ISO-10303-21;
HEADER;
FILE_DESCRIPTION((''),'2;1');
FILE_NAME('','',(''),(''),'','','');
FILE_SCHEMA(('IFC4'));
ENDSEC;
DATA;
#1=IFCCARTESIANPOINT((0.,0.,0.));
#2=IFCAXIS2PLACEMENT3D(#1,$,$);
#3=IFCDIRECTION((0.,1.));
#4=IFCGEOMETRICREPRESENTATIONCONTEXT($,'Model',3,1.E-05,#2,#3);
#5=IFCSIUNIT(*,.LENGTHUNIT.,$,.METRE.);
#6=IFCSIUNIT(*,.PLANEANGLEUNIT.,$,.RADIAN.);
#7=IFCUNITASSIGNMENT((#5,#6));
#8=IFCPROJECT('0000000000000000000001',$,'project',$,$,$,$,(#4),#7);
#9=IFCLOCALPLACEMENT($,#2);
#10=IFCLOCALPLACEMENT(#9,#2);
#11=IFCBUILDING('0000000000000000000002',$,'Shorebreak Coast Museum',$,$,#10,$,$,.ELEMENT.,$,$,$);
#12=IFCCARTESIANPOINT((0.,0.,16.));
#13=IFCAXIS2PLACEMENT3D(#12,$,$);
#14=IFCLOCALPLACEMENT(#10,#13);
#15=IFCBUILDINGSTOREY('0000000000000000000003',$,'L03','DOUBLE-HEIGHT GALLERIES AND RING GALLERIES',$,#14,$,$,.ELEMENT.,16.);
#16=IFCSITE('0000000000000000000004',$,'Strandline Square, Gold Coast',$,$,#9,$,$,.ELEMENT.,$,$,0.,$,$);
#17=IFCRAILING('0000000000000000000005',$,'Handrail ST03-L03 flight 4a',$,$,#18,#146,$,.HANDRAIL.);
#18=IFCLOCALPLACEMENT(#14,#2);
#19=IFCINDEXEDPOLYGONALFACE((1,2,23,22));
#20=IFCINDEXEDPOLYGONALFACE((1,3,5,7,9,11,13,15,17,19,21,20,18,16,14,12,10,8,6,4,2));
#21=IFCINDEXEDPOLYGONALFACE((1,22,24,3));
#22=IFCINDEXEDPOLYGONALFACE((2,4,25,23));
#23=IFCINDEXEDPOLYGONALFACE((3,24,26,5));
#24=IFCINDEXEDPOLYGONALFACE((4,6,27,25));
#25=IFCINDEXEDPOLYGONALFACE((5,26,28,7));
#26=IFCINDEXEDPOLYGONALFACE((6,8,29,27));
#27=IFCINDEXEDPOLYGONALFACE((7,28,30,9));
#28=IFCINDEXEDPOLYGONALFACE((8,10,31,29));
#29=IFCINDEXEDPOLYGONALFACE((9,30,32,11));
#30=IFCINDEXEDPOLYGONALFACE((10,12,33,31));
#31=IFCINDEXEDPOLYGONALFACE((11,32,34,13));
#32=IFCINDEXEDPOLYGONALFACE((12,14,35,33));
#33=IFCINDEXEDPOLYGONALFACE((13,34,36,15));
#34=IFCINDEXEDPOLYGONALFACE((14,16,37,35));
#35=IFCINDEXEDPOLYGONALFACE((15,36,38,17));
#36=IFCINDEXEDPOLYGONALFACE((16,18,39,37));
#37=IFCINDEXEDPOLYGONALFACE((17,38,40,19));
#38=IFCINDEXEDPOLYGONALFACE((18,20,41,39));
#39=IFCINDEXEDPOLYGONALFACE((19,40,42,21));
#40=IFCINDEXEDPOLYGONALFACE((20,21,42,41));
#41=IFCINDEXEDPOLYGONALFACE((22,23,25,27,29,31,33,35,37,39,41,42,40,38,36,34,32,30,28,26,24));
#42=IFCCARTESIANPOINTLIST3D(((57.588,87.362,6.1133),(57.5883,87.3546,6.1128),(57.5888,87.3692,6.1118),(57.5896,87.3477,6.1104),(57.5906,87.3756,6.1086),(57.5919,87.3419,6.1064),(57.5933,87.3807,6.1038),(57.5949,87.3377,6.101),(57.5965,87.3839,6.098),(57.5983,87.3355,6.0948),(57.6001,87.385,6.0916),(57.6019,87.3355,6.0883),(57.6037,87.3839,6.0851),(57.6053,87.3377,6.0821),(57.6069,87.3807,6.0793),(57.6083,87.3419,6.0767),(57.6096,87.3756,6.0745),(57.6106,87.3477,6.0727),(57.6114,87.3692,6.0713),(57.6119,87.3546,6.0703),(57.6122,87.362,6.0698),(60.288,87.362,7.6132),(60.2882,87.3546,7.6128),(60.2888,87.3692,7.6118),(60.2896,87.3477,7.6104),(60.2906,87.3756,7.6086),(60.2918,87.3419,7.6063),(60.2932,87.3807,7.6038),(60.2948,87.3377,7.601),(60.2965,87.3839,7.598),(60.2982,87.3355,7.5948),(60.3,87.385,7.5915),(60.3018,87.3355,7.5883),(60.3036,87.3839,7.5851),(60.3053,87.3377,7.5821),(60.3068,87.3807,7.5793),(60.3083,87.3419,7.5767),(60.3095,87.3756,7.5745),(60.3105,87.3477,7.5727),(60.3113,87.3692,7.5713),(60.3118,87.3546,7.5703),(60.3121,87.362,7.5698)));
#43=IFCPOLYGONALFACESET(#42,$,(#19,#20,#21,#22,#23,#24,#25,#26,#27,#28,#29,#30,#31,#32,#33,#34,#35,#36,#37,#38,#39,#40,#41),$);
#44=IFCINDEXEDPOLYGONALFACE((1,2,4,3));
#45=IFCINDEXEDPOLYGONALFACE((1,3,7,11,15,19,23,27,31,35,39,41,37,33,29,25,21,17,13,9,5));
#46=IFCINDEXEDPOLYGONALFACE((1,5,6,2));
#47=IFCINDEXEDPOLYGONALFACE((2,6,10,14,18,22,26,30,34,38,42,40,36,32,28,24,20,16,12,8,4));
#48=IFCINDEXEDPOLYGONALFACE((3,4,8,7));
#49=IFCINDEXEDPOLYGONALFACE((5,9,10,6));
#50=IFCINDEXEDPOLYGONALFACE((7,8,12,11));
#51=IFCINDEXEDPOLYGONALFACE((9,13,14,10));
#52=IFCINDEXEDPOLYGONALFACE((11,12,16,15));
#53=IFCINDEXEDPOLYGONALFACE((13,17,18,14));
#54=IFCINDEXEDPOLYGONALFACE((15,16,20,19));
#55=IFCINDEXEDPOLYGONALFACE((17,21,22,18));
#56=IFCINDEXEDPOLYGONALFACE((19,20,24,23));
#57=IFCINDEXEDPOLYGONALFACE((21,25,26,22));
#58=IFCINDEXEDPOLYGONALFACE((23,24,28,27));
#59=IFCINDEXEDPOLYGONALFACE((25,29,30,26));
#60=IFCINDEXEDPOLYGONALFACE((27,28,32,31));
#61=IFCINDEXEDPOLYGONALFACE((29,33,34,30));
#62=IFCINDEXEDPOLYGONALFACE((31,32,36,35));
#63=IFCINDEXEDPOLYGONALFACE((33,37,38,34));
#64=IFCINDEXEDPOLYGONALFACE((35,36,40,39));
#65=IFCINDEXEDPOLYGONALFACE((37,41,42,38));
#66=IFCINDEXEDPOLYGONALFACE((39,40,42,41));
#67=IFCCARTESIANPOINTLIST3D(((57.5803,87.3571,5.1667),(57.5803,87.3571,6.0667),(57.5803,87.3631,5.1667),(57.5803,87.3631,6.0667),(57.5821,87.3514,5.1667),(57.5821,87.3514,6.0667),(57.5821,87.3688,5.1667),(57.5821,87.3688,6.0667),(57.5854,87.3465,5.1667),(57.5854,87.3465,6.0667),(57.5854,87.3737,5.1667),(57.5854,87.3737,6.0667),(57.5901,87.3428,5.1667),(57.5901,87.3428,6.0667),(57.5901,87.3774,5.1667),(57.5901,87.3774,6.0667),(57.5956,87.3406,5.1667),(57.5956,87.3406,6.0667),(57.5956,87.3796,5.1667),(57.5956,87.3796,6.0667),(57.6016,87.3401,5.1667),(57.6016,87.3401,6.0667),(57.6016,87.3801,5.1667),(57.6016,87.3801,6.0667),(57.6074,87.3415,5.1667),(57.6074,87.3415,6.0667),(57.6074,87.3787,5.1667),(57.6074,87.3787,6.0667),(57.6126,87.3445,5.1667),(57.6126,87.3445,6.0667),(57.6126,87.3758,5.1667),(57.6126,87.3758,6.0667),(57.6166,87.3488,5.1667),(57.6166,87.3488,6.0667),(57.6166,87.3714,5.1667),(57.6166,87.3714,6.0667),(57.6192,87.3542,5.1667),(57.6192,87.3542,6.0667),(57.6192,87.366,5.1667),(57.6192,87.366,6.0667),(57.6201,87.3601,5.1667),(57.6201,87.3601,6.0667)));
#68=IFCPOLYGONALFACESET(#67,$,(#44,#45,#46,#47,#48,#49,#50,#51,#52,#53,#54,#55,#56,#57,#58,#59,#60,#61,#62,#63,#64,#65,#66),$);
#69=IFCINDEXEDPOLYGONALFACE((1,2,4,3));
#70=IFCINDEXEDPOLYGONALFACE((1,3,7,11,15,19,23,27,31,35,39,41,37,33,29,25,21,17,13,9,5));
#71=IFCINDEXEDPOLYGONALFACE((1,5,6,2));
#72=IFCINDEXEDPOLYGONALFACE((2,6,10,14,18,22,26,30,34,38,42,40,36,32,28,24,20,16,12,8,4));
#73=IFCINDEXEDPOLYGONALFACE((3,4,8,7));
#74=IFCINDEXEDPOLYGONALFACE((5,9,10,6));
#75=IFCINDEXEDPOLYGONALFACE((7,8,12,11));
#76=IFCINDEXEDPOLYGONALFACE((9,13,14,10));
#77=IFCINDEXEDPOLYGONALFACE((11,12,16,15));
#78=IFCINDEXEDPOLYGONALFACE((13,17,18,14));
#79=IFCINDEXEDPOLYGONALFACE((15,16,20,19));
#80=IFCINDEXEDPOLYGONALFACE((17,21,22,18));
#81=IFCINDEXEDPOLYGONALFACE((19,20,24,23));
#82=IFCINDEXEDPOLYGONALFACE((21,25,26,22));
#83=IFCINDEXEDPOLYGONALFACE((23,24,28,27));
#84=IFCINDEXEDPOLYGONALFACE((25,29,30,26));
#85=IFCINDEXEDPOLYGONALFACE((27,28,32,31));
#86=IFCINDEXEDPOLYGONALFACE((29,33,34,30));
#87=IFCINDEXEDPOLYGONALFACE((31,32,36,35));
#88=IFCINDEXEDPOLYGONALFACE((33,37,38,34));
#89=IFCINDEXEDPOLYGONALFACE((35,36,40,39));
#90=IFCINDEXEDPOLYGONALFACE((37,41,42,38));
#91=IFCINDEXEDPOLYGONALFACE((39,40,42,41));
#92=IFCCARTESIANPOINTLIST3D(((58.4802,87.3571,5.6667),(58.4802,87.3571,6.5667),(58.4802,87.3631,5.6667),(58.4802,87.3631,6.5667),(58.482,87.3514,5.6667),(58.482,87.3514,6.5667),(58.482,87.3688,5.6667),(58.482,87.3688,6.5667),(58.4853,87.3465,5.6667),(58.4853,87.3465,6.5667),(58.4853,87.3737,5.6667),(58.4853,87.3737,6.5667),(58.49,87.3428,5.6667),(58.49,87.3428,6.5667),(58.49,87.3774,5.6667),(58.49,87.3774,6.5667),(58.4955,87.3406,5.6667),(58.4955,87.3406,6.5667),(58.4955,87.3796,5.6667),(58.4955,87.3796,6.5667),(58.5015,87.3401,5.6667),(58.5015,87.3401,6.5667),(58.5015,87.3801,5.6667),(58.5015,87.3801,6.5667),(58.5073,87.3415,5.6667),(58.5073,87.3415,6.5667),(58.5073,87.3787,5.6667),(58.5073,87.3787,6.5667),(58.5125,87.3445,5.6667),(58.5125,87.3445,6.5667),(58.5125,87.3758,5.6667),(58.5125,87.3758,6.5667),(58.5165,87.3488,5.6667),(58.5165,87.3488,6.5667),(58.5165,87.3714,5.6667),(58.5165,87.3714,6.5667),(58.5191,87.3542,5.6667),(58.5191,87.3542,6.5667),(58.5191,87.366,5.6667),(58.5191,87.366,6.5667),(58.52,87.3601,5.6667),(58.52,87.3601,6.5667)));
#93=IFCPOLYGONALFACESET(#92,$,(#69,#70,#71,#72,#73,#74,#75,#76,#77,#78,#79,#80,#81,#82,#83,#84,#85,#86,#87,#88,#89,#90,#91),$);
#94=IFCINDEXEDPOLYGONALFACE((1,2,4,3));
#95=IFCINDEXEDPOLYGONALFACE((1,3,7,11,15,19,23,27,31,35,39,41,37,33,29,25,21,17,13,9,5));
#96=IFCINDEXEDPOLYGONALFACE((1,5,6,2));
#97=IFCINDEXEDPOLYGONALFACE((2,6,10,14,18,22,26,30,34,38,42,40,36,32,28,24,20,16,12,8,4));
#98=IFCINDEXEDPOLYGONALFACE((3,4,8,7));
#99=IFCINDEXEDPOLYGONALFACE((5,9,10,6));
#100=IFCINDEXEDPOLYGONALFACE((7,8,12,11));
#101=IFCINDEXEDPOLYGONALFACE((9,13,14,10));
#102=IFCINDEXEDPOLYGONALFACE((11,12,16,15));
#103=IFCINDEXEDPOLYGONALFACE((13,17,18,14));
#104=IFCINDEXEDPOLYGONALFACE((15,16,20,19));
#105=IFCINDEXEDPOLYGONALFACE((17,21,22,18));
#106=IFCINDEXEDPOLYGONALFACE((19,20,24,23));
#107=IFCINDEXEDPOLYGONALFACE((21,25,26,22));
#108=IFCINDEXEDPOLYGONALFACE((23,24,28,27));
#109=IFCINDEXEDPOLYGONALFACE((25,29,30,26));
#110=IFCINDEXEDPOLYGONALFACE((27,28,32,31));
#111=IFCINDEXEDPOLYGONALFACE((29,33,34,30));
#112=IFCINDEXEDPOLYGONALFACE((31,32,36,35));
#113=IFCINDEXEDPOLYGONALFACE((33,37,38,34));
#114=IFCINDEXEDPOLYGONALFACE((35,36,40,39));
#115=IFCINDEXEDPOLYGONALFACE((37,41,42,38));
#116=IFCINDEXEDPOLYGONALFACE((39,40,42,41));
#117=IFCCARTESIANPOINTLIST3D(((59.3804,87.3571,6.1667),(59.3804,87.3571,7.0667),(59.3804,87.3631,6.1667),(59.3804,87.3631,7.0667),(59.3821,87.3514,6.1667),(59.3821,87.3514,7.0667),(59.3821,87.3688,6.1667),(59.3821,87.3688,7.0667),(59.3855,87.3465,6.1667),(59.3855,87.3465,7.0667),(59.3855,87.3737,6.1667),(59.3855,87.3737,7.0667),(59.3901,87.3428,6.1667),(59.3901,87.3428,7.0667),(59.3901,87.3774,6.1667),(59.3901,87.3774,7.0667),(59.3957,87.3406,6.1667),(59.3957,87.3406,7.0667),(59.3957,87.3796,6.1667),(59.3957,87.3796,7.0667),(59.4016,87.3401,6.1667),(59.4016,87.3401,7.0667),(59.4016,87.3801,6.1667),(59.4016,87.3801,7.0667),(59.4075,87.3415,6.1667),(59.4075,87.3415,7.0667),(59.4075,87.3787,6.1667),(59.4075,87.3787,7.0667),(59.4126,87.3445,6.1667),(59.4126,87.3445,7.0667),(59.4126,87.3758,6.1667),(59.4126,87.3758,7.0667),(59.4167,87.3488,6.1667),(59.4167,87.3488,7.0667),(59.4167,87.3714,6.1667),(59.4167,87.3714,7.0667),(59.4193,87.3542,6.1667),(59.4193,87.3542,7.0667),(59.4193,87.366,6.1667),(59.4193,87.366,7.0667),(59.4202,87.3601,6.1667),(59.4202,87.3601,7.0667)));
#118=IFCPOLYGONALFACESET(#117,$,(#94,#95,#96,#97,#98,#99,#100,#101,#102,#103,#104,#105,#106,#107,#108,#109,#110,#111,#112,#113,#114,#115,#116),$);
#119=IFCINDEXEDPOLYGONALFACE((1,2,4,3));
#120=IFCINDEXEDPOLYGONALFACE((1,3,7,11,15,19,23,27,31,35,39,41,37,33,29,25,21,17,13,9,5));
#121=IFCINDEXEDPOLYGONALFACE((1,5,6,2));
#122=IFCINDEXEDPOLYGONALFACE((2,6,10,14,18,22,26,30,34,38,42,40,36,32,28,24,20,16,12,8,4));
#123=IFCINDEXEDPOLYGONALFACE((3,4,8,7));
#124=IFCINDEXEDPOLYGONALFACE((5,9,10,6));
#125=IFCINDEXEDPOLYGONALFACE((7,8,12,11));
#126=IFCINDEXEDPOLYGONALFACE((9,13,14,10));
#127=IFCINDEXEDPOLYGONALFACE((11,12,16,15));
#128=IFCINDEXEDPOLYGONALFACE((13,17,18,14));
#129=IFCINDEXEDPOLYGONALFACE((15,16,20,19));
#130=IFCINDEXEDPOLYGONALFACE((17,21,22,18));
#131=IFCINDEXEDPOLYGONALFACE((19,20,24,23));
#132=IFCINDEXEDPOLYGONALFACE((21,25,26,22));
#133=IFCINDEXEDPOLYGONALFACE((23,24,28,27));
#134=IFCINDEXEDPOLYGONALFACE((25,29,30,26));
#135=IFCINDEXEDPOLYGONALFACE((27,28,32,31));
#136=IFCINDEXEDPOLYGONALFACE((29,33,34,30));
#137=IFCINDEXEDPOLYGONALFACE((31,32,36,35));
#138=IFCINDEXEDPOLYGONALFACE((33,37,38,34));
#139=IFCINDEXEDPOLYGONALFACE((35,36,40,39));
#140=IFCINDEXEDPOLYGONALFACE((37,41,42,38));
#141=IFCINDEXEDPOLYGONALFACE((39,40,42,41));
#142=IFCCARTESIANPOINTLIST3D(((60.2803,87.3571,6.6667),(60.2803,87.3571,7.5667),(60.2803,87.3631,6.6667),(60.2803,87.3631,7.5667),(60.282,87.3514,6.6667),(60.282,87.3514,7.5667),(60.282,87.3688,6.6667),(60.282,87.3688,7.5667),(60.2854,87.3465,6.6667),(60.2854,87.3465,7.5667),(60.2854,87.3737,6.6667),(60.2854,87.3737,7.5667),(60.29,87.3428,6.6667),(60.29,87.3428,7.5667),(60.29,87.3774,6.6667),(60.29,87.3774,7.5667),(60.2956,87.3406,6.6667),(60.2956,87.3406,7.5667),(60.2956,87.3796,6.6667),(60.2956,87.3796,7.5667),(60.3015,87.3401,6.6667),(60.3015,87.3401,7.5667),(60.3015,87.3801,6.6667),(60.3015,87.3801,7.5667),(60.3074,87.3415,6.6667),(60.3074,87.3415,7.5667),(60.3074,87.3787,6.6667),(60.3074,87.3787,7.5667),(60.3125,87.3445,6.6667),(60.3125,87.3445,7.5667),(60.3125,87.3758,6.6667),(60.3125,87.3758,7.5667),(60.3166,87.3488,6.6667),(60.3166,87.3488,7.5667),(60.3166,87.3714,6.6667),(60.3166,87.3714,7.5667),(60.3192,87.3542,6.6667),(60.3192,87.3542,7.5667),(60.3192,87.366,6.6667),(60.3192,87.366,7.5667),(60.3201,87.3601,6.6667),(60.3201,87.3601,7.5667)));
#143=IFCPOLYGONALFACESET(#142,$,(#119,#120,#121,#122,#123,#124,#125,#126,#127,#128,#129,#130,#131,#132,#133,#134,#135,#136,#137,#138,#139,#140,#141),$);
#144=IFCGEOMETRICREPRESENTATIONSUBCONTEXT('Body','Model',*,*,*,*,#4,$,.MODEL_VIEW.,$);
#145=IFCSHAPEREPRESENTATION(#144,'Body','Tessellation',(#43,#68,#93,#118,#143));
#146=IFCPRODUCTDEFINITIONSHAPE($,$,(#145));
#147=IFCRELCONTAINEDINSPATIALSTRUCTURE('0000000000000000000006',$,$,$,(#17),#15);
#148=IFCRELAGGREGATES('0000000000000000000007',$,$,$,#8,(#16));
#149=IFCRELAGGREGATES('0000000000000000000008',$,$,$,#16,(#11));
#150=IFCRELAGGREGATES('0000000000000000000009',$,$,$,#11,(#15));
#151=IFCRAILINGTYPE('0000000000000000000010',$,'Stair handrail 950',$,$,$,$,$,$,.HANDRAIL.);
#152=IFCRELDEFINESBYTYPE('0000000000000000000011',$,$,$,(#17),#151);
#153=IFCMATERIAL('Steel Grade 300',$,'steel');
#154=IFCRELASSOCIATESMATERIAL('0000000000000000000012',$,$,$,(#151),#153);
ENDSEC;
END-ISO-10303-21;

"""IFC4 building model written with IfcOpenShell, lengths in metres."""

from ifc_helpers import new_model, si_unit, direction, frame, origin, origin_2d, place, context, subcontext, project, spatial, circle, extrude, material, type_object, element, save


model = new_model("IFC4")

# Units and contexts
model_context = context("Model", 3, precision=1e-05, world=origin(), true_north=direction((0.0, 1.0)))
body_context = subcontext(model_context, "Body", "Model", "MODEL_VIEW")
ifc_project = project(units=[si_unit("LENGTHUNIT", "METRE"), si_unit("PLANEANGLEUNIT", "RADIAN")], contexts=[model_context])

# Site, building, storey
site_placement = place(None, origin())
site = spatial("IfcSite", under=ifc_project, at=site_placement, Name="Strandline Square, Gold Coast", CompositionType="ELEMENT", RefElevation=0.0)
building_placement = place(site_placement, origin())
building = spatial("IfcBuilding", under=site, at=building_placement, Name="Shorebreak Coast Museum", CompositionType="ELEMENT")
storey_placement = place(building_placement, frame((0.0, 0.0, 16.0)))
storey = spatial("IfcBuildingStorey", under=building, at=storey_placement, Name="L03", Description="DOUBLE-HEIGHT GALLERIES AND RING GALLERIES", CompositionType="ELEMENT", Elevation=16.0)

# Railing
ifc_material_1 = material(Name="Steel Grade 300", Category="steel")
railing_type_1 = type_object("IfcRailingType", Name="Stair handrail 950", PredefinedType="HANDRAIL", material=ifc_material_1)
for number, where, name in (
    (1, (57.6001, 87.3601, 5.1667), "Handrail ST03-L03 flight 4a"),
):
    element("IfcRailing", number, at=place(storey_placement, frame(where)), inside=storey, type_object=railing_type_1, Name=name, PredefinedType="HANDRAIL", context=body_context, shape_type="SweptSolid", body=[
        extrude(circle(Radius=0.0249, at=origin_2d()), frame((0.0, 0.0, 0.9248), z_axis=(0.874154, 0.0, 0.48565), x_axis=(0.0, 1.0, 0.0)), (0.0, 0.0, 1.0), 3.0886),
        extrude(circle(Radius=0.02, at=origin_2d()), origin(), (0.0, 0.0, 1.0), 0.8999),
        extrude(circle(Radius=0.02, at=origin_2d()), frame((0.8999, 0.0, 0.5)), (0.0, 0.0, 1.0), 0.8999),
        extrude(circle(Radius=0.02, at=origin_2d()), frame((1.8, 0.0, 1.0)), (0.0, 0.0, 1.0), 0.8999),
        extrude(circle(Radius=0.02, at=origin_2d()), frame((2.7, 0.0, 1.5)), (0.0, 0.0, 1.0), 0.8999),
    ])

save(model, "model.ifc")
